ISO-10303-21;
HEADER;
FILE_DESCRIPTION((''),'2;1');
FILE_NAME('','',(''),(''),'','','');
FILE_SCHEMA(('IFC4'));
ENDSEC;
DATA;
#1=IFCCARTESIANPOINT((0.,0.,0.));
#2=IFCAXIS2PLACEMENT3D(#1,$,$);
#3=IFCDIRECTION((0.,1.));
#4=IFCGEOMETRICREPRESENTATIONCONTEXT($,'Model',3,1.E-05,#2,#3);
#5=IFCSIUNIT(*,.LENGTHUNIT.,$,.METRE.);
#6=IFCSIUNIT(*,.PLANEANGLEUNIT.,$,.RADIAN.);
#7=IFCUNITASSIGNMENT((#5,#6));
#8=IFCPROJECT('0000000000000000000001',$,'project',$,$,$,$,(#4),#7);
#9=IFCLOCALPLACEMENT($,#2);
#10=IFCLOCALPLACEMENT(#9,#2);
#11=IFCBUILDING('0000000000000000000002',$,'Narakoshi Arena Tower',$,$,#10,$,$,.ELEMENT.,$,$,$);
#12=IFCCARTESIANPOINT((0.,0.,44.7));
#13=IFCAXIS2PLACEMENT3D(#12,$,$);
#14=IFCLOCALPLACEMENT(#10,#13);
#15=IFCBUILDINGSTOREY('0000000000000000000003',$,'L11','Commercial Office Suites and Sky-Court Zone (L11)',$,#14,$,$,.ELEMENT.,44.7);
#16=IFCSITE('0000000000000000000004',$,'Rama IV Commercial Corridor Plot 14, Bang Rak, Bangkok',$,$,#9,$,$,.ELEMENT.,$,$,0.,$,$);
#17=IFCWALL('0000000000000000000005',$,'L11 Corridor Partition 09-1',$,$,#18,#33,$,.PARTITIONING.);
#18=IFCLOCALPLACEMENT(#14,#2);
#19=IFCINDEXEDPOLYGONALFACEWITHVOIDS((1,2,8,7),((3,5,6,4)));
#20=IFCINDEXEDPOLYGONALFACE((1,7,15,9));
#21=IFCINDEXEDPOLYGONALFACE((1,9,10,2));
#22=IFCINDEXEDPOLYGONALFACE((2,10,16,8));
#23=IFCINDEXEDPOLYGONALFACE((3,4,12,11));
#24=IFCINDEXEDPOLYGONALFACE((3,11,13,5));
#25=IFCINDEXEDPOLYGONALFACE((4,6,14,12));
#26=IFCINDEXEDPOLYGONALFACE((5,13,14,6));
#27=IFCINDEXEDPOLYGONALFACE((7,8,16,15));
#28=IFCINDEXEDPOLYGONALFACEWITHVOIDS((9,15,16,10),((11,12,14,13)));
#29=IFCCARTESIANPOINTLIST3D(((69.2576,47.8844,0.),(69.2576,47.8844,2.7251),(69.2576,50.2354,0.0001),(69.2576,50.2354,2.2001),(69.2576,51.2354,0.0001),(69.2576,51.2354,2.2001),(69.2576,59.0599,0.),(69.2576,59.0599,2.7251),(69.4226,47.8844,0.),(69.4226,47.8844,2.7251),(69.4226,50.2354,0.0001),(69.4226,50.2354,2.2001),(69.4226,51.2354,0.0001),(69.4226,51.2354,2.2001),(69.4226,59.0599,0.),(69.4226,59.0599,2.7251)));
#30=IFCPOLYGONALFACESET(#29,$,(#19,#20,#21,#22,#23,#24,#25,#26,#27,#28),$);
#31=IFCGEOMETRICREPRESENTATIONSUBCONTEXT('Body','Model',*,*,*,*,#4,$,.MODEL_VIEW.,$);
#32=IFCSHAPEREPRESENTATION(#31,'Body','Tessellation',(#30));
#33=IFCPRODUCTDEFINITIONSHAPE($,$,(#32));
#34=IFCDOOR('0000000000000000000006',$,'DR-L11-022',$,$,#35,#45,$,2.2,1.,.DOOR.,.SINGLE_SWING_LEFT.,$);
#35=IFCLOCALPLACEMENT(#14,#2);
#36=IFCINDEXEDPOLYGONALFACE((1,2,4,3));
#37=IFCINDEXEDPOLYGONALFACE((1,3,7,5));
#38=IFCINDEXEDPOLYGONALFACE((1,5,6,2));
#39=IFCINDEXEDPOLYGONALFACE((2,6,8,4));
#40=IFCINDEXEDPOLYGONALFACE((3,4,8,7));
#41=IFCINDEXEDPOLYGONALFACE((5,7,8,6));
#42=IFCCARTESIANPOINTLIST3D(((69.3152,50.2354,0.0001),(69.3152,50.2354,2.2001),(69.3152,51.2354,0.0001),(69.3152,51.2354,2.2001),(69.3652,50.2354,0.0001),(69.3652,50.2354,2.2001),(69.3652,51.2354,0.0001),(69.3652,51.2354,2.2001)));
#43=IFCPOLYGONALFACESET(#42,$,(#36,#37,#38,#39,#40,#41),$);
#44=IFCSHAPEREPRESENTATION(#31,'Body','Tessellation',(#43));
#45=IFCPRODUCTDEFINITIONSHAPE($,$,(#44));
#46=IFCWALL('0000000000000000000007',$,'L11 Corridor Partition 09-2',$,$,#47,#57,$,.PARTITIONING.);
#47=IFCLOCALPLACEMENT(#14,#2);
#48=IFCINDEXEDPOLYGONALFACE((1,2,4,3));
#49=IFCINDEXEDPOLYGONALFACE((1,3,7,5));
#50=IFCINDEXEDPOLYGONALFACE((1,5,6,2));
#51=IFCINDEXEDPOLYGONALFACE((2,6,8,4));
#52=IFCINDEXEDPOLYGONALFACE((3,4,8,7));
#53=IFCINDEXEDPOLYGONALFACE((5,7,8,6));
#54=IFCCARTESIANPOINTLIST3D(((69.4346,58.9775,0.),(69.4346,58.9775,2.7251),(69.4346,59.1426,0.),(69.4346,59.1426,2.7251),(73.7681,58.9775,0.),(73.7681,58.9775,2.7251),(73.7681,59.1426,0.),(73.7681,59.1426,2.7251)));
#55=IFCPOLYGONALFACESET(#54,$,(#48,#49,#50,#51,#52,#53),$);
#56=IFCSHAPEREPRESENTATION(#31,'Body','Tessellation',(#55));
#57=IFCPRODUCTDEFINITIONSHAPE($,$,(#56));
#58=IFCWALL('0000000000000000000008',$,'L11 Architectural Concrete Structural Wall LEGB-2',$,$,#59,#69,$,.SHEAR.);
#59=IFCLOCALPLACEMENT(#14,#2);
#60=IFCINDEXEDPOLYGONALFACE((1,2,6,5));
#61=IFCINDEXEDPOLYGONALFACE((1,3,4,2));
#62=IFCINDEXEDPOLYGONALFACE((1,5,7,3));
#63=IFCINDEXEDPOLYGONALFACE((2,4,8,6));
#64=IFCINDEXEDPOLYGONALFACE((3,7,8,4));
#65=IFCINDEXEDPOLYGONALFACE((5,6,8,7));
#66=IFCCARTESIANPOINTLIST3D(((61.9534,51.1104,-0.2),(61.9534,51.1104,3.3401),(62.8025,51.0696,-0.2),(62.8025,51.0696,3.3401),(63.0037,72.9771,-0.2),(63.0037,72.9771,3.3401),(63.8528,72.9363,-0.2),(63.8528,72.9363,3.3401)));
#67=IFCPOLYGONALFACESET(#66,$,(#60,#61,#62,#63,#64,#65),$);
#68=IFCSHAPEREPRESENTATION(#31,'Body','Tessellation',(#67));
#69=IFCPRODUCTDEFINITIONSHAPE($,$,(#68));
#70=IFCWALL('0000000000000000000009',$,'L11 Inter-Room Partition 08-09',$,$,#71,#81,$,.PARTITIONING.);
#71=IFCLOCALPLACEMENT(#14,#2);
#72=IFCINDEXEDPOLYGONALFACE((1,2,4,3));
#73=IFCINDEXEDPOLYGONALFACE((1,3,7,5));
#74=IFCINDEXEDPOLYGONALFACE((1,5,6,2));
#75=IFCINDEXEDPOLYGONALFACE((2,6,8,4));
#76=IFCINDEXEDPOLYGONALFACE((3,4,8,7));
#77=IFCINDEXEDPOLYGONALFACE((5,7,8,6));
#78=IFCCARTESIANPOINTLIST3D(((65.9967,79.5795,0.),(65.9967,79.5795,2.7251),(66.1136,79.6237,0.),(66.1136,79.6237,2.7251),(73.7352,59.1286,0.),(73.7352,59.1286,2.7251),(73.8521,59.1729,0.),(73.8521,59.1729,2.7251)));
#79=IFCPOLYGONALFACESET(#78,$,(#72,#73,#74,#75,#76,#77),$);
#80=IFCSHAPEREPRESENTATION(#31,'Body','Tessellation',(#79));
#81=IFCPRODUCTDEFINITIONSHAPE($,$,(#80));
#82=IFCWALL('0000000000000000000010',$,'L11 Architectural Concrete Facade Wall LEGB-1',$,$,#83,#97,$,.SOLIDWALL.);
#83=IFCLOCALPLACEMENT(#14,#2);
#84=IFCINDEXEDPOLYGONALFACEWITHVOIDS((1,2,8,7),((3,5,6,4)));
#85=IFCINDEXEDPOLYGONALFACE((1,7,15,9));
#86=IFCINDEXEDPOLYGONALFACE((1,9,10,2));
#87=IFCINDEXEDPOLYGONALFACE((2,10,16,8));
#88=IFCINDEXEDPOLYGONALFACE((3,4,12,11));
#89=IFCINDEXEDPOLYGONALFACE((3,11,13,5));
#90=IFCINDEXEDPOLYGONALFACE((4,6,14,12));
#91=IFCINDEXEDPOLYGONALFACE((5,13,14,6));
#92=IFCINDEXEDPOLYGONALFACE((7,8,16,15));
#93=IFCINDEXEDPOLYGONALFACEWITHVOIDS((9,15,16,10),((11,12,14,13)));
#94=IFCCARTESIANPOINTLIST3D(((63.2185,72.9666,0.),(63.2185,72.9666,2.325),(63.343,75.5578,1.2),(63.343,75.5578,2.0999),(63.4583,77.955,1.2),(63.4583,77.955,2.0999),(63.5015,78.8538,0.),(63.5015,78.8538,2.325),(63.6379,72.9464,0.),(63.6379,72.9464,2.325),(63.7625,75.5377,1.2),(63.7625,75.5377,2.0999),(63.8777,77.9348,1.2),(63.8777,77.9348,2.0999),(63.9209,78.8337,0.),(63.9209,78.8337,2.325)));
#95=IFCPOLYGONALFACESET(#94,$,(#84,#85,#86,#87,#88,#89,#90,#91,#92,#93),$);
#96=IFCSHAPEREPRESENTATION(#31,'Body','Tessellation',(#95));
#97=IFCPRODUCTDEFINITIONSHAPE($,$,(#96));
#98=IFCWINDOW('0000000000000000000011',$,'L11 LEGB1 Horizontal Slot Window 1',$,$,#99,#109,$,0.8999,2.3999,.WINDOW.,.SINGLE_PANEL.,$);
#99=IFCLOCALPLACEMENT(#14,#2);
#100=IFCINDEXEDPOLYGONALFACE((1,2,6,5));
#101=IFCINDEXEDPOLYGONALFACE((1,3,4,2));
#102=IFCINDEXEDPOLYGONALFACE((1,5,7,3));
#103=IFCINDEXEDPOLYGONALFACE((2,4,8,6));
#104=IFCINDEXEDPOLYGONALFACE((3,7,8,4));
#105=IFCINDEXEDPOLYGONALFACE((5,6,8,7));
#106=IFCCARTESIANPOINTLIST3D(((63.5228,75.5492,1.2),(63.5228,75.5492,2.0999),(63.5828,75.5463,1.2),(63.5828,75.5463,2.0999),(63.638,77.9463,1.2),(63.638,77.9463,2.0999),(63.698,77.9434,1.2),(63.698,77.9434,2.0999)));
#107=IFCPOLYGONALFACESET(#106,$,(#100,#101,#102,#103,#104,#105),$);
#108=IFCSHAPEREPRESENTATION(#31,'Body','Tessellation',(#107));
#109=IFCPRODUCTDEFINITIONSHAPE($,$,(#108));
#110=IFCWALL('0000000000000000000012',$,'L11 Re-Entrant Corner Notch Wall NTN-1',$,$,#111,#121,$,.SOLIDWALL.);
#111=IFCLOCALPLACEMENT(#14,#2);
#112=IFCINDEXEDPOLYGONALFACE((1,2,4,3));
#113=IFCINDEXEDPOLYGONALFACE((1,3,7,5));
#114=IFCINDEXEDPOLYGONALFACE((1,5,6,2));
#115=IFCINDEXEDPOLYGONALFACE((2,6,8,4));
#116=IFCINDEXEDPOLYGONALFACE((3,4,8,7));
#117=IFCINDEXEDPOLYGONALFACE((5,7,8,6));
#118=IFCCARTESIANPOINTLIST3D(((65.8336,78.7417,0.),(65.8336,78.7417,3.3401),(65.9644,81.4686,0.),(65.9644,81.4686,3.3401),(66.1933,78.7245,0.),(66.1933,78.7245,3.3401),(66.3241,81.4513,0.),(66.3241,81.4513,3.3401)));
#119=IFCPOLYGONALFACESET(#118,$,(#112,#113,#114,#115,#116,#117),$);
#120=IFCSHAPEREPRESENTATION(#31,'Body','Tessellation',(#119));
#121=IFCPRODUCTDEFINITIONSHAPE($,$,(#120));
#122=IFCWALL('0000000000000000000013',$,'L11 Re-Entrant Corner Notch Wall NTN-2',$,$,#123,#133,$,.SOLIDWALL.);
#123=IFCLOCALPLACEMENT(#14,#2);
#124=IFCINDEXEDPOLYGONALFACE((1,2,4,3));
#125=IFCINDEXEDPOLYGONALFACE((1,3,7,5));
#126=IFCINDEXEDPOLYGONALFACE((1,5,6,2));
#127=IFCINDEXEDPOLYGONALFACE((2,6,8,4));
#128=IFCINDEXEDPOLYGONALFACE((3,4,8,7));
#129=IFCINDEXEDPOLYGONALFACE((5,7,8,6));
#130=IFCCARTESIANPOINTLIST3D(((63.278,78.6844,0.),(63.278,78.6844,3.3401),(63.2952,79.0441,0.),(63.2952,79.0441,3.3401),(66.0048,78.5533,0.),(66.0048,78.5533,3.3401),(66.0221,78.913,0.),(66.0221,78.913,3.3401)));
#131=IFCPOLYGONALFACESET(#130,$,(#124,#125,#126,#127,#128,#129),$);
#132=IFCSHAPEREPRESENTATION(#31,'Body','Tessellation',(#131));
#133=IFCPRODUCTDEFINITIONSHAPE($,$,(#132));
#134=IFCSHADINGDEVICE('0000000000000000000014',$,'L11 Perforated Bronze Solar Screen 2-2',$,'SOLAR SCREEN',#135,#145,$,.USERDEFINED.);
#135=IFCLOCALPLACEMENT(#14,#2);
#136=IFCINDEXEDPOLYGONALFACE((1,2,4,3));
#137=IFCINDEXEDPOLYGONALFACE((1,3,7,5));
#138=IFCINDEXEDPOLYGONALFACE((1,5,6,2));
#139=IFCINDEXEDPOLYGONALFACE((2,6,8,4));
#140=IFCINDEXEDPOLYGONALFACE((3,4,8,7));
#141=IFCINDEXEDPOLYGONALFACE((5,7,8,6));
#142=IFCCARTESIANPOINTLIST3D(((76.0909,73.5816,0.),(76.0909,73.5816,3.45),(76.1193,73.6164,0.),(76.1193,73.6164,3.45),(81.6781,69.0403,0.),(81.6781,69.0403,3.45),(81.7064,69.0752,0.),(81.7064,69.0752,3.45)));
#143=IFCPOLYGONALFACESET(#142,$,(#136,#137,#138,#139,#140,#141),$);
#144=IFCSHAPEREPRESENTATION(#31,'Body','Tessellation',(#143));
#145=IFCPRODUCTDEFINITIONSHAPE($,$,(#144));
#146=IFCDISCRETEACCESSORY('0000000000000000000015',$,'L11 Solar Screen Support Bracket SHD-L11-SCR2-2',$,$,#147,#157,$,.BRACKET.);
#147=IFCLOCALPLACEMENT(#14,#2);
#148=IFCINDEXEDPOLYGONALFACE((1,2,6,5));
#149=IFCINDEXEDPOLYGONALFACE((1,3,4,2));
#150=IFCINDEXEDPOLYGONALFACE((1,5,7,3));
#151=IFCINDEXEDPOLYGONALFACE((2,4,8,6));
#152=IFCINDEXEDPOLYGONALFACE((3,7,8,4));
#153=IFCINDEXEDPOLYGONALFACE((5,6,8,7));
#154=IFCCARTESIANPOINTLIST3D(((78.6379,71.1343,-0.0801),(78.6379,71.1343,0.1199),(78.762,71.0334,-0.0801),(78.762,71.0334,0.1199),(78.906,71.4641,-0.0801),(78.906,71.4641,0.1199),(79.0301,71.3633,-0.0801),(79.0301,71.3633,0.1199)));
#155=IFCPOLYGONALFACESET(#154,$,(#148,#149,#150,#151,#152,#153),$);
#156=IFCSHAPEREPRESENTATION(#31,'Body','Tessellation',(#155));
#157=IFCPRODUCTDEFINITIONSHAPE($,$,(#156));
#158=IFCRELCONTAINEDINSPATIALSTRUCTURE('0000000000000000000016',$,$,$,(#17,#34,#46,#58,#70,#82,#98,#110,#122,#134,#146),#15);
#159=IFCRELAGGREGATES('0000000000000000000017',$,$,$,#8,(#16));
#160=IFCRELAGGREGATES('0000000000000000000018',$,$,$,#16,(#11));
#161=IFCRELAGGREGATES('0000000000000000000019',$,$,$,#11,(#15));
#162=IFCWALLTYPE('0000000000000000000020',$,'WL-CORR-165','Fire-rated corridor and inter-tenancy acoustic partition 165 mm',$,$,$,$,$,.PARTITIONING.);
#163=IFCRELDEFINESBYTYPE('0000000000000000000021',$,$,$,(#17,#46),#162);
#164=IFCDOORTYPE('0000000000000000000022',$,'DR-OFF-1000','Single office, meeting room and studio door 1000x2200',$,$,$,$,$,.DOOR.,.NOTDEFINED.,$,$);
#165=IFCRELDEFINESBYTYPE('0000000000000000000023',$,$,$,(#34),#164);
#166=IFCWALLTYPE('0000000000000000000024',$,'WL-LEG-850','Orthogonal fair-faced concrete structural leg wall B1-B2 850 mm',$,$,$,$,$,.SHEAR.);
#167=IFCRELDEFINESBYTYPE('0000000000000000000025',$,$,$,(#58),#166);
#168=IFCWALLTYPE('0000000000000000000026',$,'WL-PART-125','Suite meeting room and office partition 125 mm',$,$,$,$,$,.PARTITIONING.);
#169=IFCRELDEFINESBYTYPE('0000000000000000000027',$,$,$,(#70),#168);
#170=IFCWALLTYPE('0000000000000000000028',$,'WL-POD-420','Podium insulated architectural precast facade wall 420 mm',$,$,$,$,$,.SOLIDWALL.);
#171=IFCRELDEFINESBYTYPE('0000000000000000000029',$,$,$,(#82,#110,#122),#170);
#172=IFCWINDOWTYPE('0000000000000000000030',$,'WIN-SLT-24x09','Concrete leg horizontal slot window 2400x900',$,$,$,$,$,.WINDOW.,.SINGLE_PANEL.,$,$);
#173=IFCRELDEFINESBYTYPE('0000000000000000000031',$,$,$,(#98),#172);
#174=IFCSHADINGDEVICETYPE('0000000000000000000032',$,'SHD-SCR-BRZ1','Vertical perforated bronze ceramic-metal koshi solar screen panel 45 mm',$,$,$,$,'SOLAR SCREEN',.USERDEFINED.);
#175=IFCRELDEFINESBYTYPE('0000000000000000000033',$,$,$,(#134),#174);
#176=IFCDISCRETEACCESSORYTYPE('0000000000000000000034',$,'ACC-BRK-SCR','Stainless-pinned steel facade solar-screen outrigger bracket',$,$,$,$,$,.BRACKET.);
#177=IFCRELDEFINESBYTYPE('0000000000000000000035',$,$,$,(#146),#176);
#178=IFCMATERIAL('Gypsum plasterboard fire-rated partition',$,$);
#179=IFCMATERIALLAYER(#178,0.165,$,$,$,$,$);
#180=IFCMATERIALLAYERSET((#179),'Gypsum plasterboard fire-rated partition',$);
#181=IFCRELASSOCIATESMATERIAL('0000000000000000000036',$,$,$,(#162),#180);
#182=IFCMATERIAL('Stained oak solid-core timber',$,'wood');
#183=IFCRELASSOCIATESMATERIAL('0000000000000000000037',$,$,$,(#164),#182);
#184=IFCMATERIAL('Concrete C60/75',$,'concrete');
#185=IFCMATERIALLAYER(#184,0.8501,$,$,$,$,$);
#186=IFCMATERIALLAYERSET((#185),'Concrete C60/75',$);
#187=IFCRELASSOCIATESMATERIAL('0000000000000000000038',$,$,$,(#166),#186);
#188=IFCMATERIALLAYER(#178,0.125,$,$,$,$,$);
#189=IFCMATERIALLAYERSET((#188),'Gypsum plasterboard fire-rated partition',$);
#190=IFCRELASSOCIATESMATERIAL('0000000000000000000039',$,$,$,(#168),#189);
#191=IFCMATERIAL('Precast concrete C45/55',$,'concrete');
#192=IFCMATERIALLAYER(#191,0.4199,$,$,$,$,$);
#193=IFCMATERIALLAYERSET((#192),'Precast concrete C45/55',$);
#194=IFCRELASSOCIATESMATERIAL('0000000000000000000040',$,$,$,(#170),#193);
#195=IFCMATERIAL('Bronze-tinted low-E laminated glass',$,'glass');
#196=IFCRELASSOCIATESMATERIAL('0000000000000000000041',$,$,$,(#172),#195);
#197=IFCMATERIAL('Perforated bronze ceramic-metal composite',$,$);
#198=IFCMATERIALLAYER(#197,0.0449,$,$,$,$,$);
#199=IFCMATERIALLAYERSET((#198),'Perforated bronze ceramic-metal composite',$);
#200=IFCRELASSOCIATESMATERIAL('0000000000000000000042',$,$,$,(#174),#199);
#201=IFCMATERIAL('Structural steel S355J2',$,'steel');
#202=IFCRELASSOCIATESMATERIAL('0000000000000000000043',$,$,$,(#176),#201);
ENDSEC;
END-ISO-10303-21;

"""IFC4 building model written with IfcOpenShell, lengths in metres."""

from ifc_helpers import new_model, si_unit, direction, frame, frame_2d, origin, origin_2d, place, context, subcontext, project, spatial, rectangle, extrude, material, layer, layer_set, type_object, element, fill, save


model = new_model("IFC4")

# Units and contexts
model_context = context("Model", 3, precision=1e-05, world=origin(), true_north=direction((0.0, 1.0)))
body_context = subcontext(model_context, "Body", "Model", "MODEL_VIEW")
ifc_project = project(units=[si_unit("LENGTHUNIT", "METRE"), si_unit("PLANEANGLEUNIT", "RADIAN")], contexts=[model_context])

# Site, building, storey
site_placement = place(None, origin())
site = spatial("IfcSite", under=ifc_project, at=site_placement, Name="Rama IV Commercial Corridor Plot 14, Bang Rak, Bangkok", CompositionType="ELEMENT", RefElevation=0.0)
building_placement = place(site_placement, origin())
building = spatial("IfcBuilding", under=site, at=building_placement, Name="Narakoshi Arena Tower", CompositionType="ELEMENT")
storey_placement = place(building_placement, frame((0.0, 0.0, 44.7)))
storey = spatial("IfcBuildingStorey", under=building, at=storey_placement, Name="L11", Description="Commercial Office Suites and Sky-Court Zone (L11)", CompositionType="ELEMENT", Elevation=44.7)

# Shared definitions
ifc_material_1 = material(Name="Concrete C60/75", Category="concrete")

# Shared definitions
ifc_material_2 = material(Name="Structural steel S355J2", Category="steel")

# Shared definitions
ifc_material_3 = material(Name="Bronze-tinted low-E laminated glass", Category="glass")

# Wall, opening, door
ifc_material_4 = material(Name="Gypsum plasterboard fire-rated partition")
ifc_layer_1 = layer(ifc_material_4, 0.165)
ifc_layer_set_1 = layer_set([ifc_layer_1], Name="Gypsum plasterboard fire-rated partition")
wall_type_1 = type_object("IfcWallType", Name="WL-CORR-165", Description="Fire-rated corridor and inter-tenancy acoustic partition 165 mm", PredefinedType="PARTITIONING", material=ifc_layer_set_1)
wall_1_placement = place(storey_placement, frame((69.3401, 59.0601, 0.0), z_axis=(0.0, 0.0, 1.0), x_axis=(0.0, -1.0, 0.0)))
wall_1 = element("IfcWall", 1, at=wall_1_placement, inside=storey, type_object=wall_type_1, Name="L11 Corridor Partition 09-1", PredefinedType="PARTITIONING", context=body_context, shape_type="SweptSolid", body=[
    extrude(rectangle(XDim=11.1755, YDim=0.165, at=frame_2d((5.5879, 0.0))), origin(), (0.0, 0.0, 1.0), 2.7251),
])
opening_1_placement = place(wall_1_placement, frame((7.8247, 0.0, 0.0)))
opening_1 = element("IfcOpeningElement", 2, at=opening_1_placement, cuts=wall_1, PredefinedType="OPENING", context=body_context, shape_type="SweptSolid", body=[
    extrude(rectangle(XDim=1.0, YDim=2.2, at=frame_2d((0.5, 1.1001))), frame((0.0, 0.0925, 0.0), z_axis=(0.0, -1.0, 0.0), x_axis=(1.0, 0.0, 0.0)), (0.0, 0.0, 1.0), 0.1851),
])
ifc_material_5 = material(Name="Stained oak solid-core timber", Category="wood")
door_type = type_object("IfcDoorType", Name="DR-OFF-1000", Description="Single office, meeting room and studio door 1000x2200", OperationType="NOTDEFINED", PredefinedType="DOOR", material=ifc_material_5)
door_placement = place(opening_1_placement, frame((1.0, 0.0, 0.0), z_axis=(0.0, 0.0, 1.0), x_axis=(-1.0, 0.0, 0.0)))
door = element("IfcDoor", 3, at=door_placement, inside=storey, type_object=door_type, Name="DR-L11-022", OperationType="SINGLE_SWING_LEFT", OverallHeight=2.2, OverallWidth=1.0, PredefinedType="DOOR", context=body_context, shape_type="SweptSolid", body=[
    extrude(rectangle(XDim=1.0, YDim=2.2, at=frame_2d((0.5, 1.1001))), frame((0.0, 0.0249, 0.0), z_axis=(0.0, -1.0, 0.0), x_axis=(1.0, 0.0, 0.0)), (0.0, 0.0, 1.0), 0.05),
])
fill(opening_1, door)

# Walls
wall_2_placement = place(storey_placement, frame((73.7681, 59.0601, 0.0), z_axis=(0.0, 0.0, 1.0), x_axis=(-1.0, 0.0, 0.0)))
element("IfcWall", 4, at=wall_2_placement, inside=storey, type_object=wall_type_1, Name="L11 Corridor Partition 09-2", PredefinedType="PARTITIONING", context=body_context, shape_type="SweptSolid", body=[
    extrude(rectangle(XDim=4.3335, YDim=0.165, at=frame_2d((2.1667, 0.0))), origin(), (0.0, 0.0, 1.0), 2.7251),
])
ifc_layer_2 = layer(ifc_material_1, 0.8501)
ifc_layer_set_2 = layer_set([ifc_layer_2], Name="Concrete C60/75")
wall_type_2 = type_object("IfcWallType", Name="WL-LEG-850", Description="Orthogonal fair-faced concrete structural leg wall B1-B2 850 mm", PredefinedType="SHEAR", material=ifc_layer_set_2)
wall_3_placement = place(storey_placement, frame((63.4282, 72.9565, -0.2), z_axis=(0.0, 0.0, 1.0), x_axis=(-0.047976, -0.998848, 0.0)))
element("IfcWall", 5, at=wall_3_placement, inside=storey, type_object=wall_type_2, Name="L11 Architectural Concrete Structural Wall LEGB-2", PredefinedType="SHEAR", context=body_context, shape_type="SweptSolid", body=[
    extrude(rectangle(XDim=21.8918, YDim=0.8501, at=frame_2d((10.9458, 0.0))), origin(), (0.0, 0.0, 1.0), 3.54),
])
ifc_layer_3 = layer(ifc_material_4, 0.125)
ifc_layer_set_3 = layer_set([ifc_layer_3], Name="Gypsum plasterboard fire-rated partition")
wall_type_3 = type_object("IfcWallType", Name="WL-PART-125", Description="Suite meeting room and office partition 125 mm", PredefinedType="PARTITIONING", material=ifc_layer_set_3)
wall_4_placement = place(storey_placement, frame((73.7937, 59.1506, 0.0), z_axis=(0.0, 0.0, 1.0), x_axis=(-0.353906, 0.935281, 0.0)))
element("IfcWall", 6, at=wall_4_placement, inside=storey, type_object=wall_type_3, Name="L11 Inter-Room Partition 08-09", PredefinedType="PARTITIONING", context=body_context, shape_type="SweptSolid", body=[
    extrude(rectangle(XDim=21.866, YDim=0.125, at=frame_2d((10.9331, 0.0))), origin(), (0.0, 0.0, 1.0), 2.7251),
])

# Wall, opening, window
ifc_material_6 = material(Name="Precast concrete C45/55", Category="concrete")
ifc_layer_4 = layer(ifc_material_6, 0.4199)
ifc_layer_set_4 = layer_set([ifc_layer_4], Name="Precast concrete C45/55")
wall_type_4 = type_object("IfcWallType", Name="WL-POD-420", Description="Podium insulated architectural precast facade wall 420 mm", PredefinedType="SOLIDWALL", material=ifc_layer_set_4)
wall_5_placement = place(storey_placement, frame((63.7112, 78.8438, 0.0), z_axis=(0.0, 0.0, 1.0), x_axis=(-0.048008, -0.998847, 0.0)))
wall_5 = element("IfcWall", 7, at=wall_5_placement, inside=storey, type_object=wall_type_4, Name="L11 Architectural Concrete Facade Wall LEGB-1", PredefinedType="SOLIDWALL", context=body_context, shape_type="SweptSolid", body=[
    extrude(rectangle(XDim=5.894, YDim=0.4199, at=frame_2d((2.947, 0.0))), origin(), (0.0, 0.0, 1.0), 2.325),
])
opening_2_placement = place(wall_5_placement, frame((0.8999, 0.0, 1.2)))
opening_2 = element("IfcOpeningElement", 8, at=opening_2_placement, cuts=wall_5, PredefinedType="OPENING", context=body_context, shape_type="SweptSolid", body=[
    extrude(rectangle(XDim=2.3999, YDim=0.8999, at=frame_2d((1.2, 0.45))), frame((0.0, 0.22, 0.0), z_axis=(0.0, -1.0, 0.0), x_axis=(1.0, 0.0, 0.0)), (0.0, 0.0, 1.0), 0.4399),
])
window_type = type_object("IfcWindowType", Name="WIN-SLT-24x09", Description="Concrete leg horizontal slot window 2400x900", PartitioningType="SINGLE_PANEL", PredefinedType="WINDOW", material=ifc_material_3)
window_placement = place(opening_2_placement, origin())
window = element("IfcWindow", 9, at=window_placement, inside=storey, type_object=window_type, Name="L11 LEGB1 Horizontal Slot Window 1", OverallHeight=0.8999, OverallWidth=2.3999, PartitioningType="SINGLE_PANEL", PredefinedType="WINDOW", context=body_context, shape_type="SweptSolid", body=[
    extrude(rectangle(XDim=2.3999, YDim=0.8999, at=frame_2d((1.2, 0.45))), frame((0.0, 0.03, 0.0), z_axis=(0.0, -1.0, 0.0), x_axis=(1.0, 0.0, 0.0)), (0.0, 0.0, 1.0), 0.0601),
])
fill(opening_2, window)

# Walls
for number, where, z_axis, x_axis, name in (
    (10, (66.1443, 81.46, 0.0), (0.0, 0.0, 1.0), (-0.047935, -0.99885, 0.0), "L11 Re-Entrant Corner Notch Wall NTN-1"),
    (11, (66.0134, 78.7332, 0.0), (0.0, 0.0, 1.0), (-0.998846, 0.048024, 0.0), "L11 Re-Entrant Corner Notch Wall NTN-2"),
):
    element("IfcWall", number, at=place(storey_placement, frame(where, z_axis=z_axis, x_axis=x_axis)), inside=storey, type_object=wall_type_4, Name=name, PredefinedType="SOLIDWALL", context=body_context, shape_type="SweptSolid", body=[
        extrude(rectangle(XDim=2.73, YDim=0.3601, at=frame_2d((1.365, 0.0))), origin(), (0.0, 0.0, 1.0), 3.3401),
    ])

# Shading device
ifc_material_7 = material(Name="Perforated bronze ceramic-metal composite")
ifc_layer_5 = layer(ifc_material_7, 0.0449)
ifc_layer_set_5 = layer_set([ifc_layer_5], Name="Perforated bronze ceramic-metal composite")
shading_device_type = type_object("IfcShadingDeviceType", Name="SHD-SCR-BRZ1", Description="Vertical perforated bronze ceramic-metal koshi solar screen panel 45 mm", ElementType="SOLAR SCREEN", PredefinedType="USERDEFINED", material=ifc_layer_set_5)
shading_device_placement = place(storey_placement, frame((78.8987, 71.3284, 0.0), z_axis=(0.0, 0.0, 1.0), x_axis=(-0.776002, 0.63073, 0.0)))
element("IfcShadingDevice", 12, at=shading_device_placement, inside=storey, type_object=shading_device_type, Name="L11 Perforated Bronze Solar Screen 2-2", ObjectType="SOLAR SCREEN", PredefinedType="USERDEFINED", context=body_context, shape_type="SweptSolid", body=[
    extrude(rectangle(XDim=7.2, YDim=0.0449, at=origin_2d()), origin(), (0.0, 0.0, 1.0), 3.45),
])

# Discrete accessory
discrete_accessory_type = type_object("IfcDiscreteAccessoryType", Name="ACC-BRK-SCR", Description="Stainless-pinned steel facade solar-screen outrigger bracket", PredefinedType="BRACKET", material=ifc_material_2)
discrete_accessory_placement = place(storey_placement, frame((78.834, 71.2488, -0.0801), z_axis=(0.0, 0.0, 1.0), x_axis=(-0.776002, 0.63073, 0.0)))
element("IfcDiscreteAccessory", 13, at=discrete_accessory_placement, inside=storey, type_object=discrete_accessory_type, Name="L11 Solar Screen Support Bracket SHD-L11-SCR2-2", PredefinedType="BRACKET", context=body_context, shape_type="SweptSolid", body=[
    extrude(rectangle(XDim=0.1599, YDim=0.425, at=origin_2d()), origin(), (0.0, 0.0, 1.0), 0.2),
])

save(model, "model.ifc")
